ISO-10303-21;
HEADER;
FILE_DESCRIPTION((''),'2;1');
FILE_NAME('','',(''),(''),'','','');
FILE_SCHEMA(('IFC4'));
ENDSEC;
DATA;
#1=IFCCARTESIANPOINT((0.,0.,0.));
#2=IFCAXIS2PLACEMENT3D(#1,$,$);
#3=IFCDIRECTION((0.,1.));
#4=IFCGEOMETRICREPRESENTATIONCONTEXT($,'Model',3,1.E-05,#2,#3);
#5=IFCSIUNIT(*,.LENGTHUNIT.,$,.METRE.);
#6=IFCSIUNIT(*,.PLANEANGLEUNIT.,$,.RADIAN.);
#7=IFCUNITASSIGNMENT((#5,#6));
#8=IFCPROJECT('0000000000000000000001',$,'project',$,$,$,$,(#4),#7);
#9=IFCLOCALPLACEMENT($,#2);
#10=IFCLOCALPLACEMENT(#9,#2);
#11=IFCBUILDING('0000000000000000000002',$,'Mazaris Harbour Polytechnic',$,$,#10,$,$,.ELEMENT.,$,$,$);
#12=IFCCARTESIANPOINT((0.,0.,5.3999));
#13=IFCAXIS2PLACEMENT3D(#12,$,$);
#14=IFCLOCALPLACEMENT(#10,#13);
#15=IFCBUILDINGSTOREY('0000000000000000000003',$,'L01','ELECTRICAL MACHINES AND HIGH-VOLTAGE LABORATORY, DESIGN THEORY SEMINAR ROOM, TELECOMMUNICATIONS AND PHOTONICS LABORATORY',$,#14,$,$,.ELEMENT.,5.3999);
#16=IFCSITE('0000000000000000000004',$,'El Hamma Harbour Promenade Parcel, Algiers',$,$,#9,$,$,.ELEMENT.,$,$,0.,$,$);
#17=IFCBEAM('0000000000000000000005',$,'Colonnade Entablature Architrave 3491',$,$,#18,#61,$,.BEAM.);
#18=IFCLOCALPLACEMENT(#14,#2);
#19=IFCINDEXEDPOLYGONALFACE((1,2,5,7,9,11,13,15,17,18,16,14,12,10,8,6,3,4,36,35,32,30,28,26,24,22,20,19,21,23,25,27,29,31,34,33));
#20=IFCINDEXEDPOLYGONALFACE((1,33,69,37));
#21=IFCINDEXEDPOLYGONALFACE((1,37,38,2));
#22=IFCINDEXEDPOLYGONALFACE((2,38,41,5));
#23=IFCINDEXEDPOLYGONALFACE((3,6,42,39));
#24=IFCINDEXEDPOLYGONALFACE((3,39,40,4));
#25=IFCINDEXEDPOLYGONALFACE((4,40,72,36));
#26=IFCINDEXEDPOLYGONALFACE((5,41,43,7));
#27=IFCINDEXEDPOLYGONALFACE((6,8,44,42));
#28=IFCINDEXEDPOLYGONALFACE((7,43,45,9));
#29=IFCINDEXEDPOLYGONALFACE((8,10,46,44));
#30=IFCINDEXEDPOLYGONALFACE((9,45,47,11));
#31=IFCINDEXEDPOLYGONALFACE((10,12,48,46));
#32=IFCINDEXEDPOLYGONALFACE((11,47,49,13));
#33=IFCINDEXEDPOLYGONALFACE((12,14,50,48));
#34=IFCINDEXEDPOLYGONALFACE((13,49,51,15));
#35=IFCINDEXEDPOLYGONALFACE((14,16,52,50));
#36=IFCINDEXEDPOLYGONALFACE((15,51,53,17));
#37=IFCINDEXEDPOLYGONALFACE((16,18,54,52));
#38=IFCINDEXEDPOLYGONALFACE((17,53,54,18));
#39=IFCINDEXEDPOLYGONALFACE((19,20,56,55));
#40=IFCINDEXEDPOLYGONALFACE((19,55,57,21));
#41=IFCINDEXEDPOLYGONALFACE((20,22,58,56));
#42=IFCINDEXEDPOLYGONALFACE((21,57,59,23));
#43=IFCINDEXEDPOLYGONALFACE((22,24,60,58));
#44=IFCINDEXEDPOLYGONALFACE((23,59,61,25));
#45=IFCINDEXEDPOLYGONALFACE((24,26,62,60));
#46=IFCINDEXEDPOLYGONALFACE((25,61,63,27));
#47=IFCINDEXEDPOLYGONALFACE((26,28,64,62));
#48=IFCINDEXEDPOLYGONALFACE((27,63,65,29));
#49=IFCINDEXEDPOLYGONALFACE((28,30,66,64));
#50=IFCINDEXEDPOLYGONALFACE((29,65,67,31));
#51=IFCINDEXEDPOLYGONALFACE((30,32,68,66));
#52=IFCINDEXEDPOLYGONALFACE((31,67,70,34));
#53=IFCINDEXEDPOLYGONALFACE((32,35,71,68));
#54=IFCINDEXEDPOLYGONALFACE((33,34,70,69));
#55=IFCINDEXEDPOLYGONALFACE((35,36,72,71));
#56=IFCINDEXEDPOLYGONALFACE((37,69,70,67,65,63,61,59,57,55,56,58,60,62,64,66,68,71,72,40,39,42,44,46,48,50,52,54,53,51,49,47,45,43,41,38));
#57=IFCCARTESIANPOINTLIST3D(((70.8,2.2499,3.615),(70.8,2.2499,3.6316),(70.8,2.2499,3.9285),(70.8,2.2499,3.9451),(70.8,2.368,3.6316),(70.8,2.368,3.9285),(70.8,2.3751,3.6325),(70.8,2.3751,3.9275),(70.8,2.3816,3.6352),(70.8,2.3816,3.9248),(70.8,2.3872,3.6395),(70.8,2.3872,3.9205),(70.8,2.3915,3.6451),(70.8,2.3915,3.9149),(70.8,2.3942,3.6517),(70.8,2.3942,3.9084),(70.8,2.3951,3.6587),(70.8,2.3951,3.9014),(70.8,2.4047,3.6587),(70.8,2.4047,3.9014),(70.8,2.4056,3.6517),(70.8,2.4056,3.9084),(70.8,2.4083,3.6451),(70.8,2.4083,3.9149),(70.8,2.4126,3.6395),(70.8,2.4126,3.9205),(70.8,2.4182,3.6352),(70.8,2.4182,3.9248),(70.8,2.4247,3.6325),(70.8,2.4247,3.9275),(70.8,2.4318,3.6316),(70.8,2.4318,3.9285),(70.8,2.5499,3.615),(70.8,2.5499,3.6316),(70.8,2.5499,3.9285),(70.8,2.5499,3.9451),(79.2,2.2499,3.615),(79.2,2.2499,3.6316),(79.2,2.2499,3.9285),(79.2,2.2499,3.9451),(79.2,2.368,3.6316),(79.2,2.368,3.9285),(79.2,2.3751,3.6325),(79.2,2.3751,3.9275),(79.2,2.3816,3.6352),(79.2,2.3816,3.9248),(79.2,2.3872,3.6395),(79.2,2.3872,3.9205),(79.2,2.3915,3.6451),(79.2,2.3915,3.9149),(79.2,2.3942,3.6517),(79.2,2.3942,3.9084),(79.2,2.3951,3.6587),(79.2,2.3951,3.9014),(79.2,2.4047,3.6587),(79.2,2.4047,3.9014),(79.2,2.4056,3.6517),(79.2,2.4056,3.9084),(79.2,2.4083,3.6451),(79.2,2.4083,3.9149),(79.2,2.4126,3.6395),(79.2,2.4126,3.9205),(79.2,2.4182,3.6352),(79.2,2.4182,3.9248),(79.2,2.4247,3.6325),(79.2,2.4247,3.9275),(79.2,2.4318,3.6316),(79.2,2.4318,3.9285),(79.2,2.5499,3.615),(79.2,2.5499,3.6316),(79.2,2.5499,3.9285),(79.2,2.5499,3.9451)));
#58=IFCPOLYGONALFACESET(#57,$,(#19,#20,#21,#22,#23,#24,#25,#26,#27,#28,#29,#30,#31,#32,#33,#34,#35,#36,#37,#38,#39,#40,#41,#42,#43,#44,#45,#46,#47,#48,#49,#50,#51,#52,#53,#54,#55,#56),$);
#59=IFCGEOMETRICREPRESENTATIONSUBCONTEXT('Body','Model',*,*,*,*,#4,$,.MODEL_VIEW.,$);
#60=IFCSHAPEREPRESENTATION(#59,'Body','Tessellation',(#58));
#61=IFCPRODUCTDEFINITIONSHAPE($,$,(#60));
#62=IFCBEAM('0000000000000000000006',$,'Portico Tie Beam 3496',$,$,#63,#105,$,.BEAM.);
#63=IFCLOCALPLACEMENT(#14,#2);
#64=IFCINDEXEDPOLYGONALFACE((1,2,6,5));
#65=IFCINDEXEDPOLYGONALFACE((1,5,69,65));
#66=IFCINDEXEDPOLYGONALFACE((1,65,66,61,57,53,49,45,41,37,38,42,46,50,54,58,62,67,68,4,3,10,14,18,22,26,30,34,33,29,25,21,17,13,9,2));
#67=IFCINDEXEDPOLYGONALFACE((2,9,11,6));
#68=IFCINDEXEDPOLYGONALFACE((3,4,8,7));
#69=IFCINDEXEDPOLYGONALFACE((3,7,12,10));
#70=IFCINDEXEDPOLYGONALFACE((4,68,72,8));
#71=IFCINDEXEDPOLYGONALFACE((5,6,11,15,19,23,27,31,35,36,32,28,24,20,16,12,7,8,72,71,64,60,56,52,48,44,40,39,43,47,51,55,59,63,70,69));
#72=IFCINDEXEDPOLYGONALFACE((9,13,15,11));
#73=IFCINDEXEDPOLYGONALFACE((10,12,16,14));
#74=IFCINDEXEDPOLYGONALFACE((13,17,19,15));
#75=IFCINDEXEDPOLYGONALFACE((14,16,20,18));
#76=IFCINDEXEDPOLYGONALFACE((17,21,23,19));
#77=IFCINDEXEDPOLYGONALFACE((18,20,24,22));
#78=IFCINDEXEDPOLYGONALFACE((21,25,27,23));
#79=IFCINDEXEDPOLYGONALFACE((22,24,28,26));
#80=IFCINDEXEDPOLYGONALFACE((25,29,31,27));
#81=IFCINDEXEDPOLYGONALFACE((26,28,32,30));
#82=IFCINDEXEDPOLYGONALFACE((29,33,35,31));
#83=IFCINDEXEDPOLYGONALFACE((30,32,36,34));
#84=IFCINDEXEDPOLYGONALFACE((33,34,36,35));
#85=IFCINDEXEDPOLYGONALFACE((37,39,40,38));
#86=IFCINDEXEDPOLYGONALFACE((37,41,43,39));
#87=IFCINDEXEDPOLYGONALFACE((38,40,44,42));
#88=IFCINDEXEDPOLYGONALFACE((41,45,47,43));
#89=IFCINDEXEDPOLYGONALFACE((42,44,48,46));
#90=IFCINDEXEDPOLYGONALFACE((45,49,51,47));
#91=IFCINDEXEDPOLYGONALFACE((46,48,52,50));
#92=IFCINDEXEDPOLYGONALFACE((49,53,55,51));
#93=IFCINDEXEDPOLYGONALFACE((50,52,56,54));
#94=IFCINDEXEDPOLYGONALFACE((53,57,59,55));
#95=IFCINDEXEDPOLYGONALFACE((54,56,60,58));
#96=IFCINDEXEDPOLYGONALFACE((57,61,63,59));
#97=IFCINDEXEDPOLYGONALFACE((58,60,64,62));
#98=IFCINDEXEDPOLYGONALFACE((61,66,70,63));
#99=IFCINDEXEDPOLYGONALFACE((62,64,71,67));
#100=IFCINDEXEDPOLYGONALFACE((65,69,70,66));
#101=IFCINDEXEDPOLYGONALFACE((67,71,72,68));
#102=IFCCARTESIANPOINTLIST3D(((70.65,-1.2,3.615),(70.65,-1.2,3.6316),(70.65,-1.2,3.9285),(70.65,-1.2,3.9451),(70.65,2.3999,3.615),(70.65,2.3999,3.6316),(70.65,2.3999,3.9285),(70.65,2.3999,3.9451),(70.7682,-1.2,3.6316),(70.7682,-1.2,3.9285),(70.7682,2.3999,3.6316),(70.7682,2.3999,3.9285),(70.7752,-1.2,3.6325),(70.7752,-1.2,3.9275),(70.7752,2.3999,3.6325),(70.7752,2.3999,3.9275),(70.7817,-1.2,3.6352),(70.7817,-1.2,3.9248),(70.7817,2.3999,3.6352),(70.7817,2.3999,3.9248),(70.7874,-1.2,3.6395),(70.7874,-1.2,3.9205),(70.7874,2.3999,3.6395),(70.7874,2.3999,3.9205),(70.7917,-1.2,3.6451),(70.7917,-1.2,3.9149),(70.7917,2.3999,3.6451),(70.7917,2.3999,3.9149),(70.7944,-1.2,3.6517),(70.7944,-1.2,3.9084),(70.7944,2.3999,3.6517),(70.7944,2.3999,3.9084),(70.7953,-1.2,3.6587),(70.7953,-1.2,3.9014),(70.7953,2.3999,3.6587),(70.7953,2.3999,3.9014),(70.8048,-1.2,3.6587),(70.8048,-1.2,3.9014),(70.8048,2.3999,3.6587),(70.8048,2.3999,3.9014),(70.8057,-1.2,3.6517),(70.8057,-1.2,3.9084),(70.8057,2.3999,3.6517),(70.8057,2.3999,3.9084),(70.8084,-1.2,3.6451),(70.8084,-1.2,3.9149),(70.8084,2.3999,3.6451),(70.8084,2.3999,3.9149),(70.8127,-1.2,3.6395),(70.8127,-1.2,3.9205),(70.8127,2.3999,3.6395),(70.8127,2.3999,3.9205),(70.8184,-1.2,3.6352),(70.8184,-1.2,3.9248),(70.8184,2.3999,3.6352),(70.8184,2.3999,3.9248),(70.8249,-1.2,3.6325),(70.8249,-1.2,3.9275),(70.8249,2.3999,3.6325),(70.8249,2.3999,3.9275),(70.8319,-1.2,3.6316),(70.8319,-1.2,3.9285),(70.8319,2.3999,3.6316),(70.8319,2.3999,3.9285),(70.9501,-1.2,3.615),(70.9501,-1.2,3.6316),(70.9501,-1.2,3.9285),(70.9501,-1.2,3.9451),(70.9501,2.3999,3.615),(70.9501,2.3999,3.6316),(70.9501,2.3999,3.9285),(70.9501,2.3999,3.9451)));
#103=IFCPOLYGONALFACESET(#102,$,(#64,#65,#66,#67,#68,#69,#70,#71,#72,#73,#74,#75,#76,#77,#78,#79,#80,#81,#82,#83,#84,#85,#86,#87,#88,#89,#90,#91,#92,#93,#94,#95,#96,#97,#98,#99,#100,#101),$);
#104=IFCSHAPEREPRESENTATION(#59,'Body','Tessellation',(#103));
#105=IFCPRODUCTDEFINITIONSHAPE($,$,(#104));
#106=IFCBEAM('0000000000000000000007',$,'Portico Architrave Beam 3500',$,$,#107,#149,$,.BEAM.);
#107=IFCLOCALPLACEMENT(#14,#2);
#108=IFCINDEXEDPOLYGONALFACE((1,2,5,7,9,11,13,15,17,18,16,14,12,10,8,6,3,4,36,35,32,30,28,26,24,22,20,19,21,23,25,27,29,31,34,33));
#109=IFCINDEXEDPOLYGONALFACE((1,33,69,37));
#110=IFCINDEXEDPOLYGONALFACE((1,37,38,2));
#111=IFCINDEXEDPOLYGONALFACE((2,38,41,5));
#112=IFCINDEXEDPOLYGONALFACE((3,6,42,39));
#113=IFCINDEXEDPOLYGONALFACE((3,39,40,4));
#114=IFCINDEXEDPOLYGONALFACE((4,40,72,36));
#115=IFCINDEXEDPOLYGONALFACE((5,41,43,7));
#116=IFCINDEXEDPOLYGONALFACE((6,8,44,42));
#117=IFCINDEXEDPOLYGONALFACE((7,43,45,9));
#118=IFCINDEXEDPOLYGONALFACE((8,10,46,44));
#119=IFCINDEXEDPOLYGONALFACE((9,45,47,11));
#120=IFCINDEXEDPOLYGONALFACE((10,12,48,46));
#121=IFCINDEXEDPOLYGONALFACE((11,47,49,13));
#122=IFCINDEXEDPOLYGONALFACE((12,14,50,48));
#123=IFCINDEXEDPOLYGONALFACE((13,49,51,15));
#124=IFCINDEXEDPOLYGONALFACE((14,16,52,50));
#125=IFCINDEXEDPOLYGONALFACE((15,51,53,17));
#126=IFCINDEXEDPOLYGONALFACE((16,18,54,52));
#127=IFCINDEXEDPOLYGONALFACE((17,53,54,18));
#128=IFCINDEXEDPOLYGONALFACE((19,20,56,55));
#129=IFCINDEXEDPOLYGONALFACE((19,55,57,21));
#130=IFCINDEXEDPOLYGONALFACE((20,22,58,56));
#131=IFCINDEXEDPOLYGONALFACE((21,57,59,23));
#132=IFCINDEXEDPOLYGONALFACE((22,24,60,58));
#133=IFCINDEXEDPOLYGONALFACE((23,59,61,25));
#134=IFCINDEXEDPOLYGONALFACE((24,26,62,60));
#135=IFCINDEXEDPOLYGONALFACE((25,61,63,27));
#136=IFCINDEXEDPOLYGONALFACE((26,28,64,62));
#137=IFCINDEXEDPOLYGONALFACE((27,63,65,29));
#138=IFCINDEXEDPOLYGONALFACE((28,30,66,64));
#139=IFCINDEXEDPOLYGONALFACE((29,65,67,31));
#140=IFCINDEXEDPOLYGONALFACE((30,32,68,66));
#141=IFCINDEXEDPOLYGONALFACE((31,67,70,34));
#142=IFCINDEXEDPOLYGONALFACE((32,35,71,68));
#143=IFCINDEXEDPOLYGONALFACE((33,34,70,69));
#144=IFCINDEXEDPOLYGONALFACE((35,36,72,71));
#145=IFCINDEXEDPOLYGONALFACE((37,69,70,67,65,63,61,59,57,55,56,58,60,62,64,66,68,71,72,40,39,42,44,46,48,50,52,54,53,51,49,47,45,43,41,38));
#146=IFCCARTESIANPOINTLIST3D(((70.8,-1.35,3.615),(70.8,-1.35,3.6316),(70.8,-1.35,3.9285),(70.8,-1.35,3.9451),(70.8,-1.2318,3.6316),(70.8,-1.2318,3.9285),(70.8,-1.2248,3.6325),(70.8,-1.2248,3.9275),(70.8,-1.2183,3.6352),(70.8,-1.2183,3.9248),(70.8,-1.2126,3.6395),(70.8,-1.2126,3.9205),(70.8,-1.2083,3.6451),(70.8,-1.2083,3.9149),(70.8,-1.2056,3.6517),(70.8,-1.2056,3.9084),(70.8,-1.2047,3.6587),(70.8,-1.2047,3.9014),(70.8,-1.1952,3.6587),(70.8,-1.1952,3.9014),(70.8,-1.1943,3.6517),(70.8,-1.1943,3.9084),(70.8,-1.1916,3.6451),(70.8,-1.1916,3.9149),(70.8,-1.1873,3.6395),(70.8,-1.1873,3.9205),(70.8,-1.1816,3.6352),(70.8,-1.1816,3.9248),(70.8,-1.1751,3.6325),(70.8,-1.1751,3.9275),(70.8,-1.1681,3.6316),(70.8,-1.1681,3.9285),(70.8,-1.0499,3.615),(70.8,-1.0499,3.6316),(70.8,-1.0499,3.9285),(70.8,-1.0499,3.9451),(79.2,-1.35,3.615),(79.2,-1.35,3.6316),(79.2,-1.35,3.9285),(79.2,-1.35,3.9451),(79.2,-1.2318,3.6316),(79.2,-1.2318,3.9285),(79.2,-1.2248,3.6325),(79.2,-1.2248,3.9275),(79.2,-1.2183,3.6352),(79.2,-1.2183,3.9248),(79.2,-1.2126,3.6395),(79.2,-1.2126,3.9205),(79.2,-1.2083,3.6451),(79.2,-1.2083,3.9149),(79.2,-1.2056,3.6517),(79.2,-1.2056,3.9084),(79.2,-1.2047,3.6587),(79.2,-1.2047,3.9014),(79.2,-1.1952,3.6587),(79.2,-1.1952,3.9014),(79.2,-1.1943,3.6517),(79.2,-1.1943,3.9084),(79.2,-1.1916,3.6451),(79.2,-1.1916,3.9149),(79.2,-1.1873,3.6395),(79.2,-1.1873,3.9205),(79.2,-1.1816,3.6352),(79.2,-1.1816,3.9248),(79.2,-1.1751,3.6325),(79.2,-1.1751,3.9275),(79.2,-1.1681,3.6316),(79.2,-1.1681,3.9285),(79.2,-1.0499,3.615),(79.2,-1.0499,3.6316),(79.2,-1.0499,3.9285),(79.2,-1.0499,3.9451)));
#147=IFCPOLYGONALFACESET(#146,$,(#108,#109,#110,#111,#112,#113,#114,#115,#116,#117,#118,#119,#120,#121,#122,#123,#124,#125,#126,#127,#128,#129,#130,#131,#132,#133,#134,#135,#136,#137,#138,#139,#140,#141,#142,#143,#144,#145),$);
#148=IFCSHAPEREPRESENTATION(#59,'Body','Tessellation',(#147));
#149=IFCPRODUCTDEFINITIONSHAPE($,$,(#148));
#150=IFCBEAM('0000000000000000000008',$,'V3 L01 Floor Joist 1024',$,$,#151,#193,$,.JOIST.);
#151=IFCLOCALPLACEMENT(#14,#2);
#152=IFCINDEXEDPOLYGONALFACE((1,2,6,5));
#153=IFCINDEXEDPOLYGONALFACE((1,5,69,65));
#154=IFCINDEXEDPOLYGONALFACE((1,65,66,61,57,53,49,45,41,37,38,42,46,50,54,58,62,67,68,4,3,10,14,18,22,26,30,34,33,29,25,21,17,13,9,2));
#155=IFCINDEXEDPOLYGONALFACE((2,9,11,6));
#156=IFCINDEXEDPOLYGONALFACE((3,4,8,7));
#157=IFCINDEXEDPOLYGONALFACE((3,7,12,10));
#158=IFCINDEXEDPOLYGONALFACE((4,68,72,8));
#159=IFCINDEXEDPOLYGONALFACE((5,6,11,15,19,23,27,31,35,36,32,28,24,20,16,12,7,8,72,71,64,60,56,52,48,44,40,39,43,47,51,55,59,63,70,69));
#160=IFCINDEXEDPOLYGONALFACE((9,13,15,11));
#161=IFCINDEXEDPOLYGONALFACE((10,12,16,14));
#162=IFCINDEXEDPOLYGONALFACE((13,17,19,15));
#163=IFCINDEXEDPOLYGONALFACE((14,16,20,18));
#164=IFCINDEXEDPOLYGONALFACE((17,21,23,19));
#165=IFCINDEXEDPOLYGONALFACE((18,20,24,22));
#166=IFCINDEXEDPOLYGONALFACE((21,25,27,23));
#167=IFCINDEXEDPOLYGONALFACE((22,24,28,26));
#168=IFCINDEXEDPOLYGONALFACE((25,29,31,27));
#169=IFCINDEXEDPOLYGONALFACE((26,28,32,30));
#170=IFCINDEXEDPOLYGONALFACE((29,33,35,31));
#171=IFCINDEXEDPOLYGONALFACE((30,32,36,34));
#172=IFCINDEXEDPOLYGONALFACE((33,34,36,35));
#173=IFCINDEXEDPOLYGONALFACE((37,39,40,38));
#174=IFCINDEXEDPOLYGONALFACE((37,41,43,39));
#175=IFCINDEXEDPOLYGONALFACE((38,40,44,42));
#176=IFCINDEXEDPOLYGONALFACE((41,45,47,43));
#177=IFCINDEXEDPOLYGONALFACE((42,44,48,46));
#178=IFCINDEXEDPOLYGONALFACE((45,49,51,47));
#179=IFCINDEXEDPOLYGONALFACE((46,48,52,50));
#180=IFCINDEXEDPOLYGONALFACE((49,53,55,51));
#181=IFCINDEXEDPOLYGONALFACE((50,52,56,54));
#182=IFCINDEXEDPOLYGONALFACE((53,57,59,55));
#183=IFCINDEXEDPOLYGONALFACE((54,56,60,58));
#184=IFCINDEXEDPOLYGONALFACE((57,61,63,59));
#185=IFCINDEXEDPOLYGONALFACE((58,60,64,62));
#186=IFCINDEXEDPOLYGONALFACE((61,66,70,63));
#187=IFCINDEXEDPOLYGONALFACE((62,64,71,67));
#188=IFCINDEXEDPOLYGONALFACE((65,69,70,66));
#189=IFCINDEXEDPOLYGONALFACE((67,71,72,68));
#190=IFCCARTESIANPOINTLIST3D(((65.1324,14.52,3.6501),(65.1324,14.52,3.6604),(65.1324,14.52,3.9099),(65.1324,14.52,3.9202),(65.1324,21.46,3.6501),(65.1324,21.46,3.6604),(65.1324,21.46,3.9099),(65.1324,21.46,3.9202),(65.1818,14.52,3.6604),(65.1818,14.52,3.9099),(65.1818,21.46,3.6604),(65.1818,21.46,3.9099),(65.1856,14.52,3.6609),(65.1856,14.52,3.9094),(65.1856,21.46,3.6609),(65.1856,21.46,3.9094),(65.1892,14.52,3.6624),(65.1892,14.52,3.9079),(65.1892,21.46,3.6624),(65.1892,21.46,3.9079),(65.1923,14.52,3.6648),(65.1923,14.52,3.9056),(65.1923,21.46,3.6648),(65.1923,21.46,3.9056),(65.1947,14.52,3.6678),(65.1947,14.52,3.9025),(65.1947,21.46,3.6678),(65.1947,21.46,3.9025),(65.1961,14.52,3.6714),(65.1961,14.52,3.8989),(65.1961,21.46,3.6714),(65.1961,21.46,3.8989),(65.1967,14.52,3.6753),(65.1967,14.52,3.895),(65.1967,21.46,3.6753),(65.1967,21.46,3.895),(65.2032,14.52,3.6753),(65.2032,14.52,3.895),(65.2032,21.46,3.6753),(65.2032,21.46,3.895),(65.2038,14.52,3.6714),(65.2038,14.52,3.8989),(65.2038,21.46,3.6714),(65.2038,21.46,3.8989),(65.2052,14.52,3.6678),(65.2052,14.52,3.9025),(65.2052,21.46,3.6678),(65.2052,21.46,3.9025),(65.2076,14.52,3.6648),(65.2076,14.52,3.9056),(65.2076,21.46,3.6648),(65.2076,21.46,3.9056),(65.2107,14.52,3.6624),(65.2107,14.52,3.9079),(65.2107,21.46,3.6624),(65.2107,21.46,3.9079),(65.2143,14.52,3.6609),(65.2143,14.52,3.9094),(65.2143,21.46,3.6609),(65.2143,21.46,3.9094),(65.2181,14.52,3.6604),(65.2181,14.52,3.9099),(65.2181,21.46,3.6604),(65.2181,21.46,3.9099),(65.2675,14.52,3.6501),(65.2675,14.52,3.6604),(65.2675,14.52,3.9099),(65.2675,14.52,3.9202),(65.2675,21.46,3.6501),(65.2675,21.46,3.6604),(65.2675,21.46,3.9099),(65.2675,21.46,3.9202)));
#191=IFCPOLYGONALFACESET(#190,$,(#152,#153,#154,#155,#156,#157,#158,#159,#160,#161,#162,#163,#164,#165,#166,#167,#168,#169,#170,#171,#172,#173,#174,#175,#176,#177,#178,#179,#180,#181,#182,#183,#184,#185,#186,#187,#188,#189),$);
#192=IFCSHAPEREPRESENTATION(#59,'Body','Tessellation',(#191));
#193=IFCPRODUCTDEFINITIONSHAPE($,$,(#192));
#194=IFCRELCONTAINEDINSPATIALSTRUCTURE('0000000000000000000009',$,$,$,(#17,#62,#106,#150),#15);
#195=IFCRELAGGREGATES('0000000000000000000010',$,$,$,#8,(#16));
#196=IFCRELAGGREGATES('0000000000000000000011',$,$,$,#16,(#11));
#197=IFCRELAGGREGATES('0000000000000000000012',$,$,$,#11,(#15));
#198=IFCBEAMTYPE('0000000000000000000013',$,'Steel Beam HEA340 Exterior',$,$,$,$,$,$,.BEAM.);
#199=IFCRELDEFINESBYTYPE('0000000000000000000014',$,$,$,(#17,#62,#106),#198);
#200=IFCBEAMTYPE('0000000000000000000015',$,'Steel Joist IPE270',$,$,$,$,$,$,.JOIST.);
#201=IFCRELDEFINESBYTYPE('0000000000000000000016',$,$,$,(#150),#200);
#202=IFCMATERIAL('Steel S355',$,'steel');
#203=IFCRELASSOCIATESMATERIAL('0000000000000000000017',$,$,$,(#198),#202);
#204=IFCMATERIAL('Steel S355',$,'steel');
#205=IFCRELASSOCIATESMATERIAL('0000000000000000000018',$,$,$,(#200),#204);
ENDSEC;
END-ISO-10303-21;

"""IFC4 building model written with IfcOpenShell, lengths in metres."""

from ifc_helpers import new_model, si_unit, direction, frame, origin, origin_2d, place, context, subcontext, project, spatial, i_section, extrude, material, material_profile, profile_set, type_object, element, save


model = new_model("IFC4")

# Units and contexts
model_context = context("Model", 3, precision=1e-05, world=origin(), true_north=direction((0.0, 1.0)))
body_context = subcontext(model_context, "Body", "Model", "MODEL_VIEW")
ifc_project = project(units=[si_unit("LENGTHUNIT", "METRE"), si_unit("PLANEANGLEUNIT", "RADIAN")], contexts=[model_context])

# Site, building, storey
site_placement = place(None, origin())
site = spatial("IfcSite", under=ifc_project, at=site_placement, Name="El Hamma Harbour Promenade Parcel, Algiers", CompositionType="ELEMENT", RefElevation=0.0)
building_placement = place(site_placement, origin())
building = spatial("IfcBuilding", under=site, at=building_placement, Name="Mazaris Harbour Polytechnic", CompositionType="ELEMENT")
storey_placement = place(building_placement, frame((0.0, 0.0, 5.3999)))
storey = spatial("IfcBuildingStorey", under=building, at=storey_placement, Name="L01", Description="ELECTRICAL MACHINES AND HIGH-VOLTAGE LABORATORY, DESIGN THEORY SEMINAR ROOM, TELECOMMUNICATIONS AND PHOTONICS LABORATORY", CompositionType="ELEMENT", Elevation=5.3999)

# Beams
ifc_material_1 = material(Name="Steel S355", Category="steel")
ifc_material_profile_1 = material_profile(ifc_material_1, i_section(OverallWidth=0.3, OverallDepth=0.3301, WebThickness=0.0095, FlangeThickness=0.0166, FilletRadius=0.0271, at=origin_2d()), Name="HEA 340")
ifc_profile_set_1 = profile_set([ifc_material_profile_1], Name="Steel S355")
beam_type_1 = type_object("IfcBeamType", Name="Steel Beam HEA340 Exterior", PredefinedType="BEAM", material=ifc_profile_set_1)
beam_1_placement = place(storey_placement, frame((70.8, 2.3999, 3.78), z_axis=(1.0, 0.0, 0.0), x_axis=(0.0, 1.0, 0.0)))
element("IfcBeam", 1, at=beam_1_placement, inside=storey, type_object=beam_type_1, Name="Colonnade Entablature Architrave 3491", PredefinedType="BEAM", context=body_context, shape_type="SweptSolid", body=[
    extrude(i_section(OverallWidth=0.3, OverallDepth=0.3301, WebThickness=0.0095, FlangeThickness=0.0166, FilletRadius=0.0271, at=origin_2d()), origin(), (0.0, 0.0, 1.0), 8.3999),
])
beam_2_placement = place(storey_placement, frame((70.8, -1.2, 3.78), z_axis=(0.0, 1.0, 0.0), x_axis=(-1.0, 0.0, 0.0)))
element("IfcBeam", 2, at=beam_2_placement, inside=storey, type_object=beam_type_1, Name="Portico Tie Beam 3496", PredefinedType="BEAM", context=body_context, shape_type="SweptSolid", body=[
    extrude(i_section(OverallWidth=0.3, OverallDepth=0.3301, WebThickness=0.0095, FlangeThickness=0.0166, FilletRadius=0.0271, at=origin_2d()), origin(), (0.0, 0.0, 1.0), 3.5999),
])
beam_3_placement = place(storey_placement, frame((70.8, -1.2, 3.78), z_axis=(1.0, 0.0, 0.0), x_axis=(0.0, 1.0, 0.0)))
element("IfcBeam", 3, at=beam_3_placement, inside=storey, type_object=beam_type_1, Name="Portico Architrave Beam 3500", PredefinedType="BEAM", context=body_context, shape_type="SweptSolid", body=[
    extrude(i_section(OverallWidth=0.3, OverallDepth=0.3301, WebThickness=0.0095, FlangeThickness=0.0166, FilletRadius=0.0271, at=origin_2d()), origin(), (0.0, 0.0, 1.0), 8.3999),
])
ifc_material_2 = material(Name="Steel S355", Category="steel")
ifc_material_profile_2 = material_profile(ifc_material_2, i_section(OverallWidth=0.135, OverallDepth=0.27, WebThickness=0.0066, FlangeThickness=0.0103, FilletRadius=0.0149, at=origin_2d()), Name="IPE 270")
ifc_profile_set_2 = profile_set([ifc_material_profile_2], Name="Steel S355")
beam_type_2 = type_object("IfcBeamType", Name="Steel Joist IPE270", PredefinedType="JOIST", material=ifc_profile_set_2)
beam_4_placement = place(storey_placement, frame((65.2, 14.52, 3.7852), z_axis=(0.0, 1.0, 0.0), x_axis=(-1.0, 0.0, 0.0)))
element("IfcBeam", 4, at=beam_4_placement, inside=storey, type_object=beam_type_2, Name="V3 L01 Floor Joist 1024", PredefinedType="JOIST", context=body_context, shape_type="SweptSolid", body=[
    extrude(i_section(OverallWidth=0.135, OverallDepth=0.27, WebThickness=0.0066, FlangeThickness=0.0103, FilletRadius=0.0149, at=origin_2d()), origin(), (0.0, 0.0, 1.0), 6.9399),
])

save(model, "model.ifc")
